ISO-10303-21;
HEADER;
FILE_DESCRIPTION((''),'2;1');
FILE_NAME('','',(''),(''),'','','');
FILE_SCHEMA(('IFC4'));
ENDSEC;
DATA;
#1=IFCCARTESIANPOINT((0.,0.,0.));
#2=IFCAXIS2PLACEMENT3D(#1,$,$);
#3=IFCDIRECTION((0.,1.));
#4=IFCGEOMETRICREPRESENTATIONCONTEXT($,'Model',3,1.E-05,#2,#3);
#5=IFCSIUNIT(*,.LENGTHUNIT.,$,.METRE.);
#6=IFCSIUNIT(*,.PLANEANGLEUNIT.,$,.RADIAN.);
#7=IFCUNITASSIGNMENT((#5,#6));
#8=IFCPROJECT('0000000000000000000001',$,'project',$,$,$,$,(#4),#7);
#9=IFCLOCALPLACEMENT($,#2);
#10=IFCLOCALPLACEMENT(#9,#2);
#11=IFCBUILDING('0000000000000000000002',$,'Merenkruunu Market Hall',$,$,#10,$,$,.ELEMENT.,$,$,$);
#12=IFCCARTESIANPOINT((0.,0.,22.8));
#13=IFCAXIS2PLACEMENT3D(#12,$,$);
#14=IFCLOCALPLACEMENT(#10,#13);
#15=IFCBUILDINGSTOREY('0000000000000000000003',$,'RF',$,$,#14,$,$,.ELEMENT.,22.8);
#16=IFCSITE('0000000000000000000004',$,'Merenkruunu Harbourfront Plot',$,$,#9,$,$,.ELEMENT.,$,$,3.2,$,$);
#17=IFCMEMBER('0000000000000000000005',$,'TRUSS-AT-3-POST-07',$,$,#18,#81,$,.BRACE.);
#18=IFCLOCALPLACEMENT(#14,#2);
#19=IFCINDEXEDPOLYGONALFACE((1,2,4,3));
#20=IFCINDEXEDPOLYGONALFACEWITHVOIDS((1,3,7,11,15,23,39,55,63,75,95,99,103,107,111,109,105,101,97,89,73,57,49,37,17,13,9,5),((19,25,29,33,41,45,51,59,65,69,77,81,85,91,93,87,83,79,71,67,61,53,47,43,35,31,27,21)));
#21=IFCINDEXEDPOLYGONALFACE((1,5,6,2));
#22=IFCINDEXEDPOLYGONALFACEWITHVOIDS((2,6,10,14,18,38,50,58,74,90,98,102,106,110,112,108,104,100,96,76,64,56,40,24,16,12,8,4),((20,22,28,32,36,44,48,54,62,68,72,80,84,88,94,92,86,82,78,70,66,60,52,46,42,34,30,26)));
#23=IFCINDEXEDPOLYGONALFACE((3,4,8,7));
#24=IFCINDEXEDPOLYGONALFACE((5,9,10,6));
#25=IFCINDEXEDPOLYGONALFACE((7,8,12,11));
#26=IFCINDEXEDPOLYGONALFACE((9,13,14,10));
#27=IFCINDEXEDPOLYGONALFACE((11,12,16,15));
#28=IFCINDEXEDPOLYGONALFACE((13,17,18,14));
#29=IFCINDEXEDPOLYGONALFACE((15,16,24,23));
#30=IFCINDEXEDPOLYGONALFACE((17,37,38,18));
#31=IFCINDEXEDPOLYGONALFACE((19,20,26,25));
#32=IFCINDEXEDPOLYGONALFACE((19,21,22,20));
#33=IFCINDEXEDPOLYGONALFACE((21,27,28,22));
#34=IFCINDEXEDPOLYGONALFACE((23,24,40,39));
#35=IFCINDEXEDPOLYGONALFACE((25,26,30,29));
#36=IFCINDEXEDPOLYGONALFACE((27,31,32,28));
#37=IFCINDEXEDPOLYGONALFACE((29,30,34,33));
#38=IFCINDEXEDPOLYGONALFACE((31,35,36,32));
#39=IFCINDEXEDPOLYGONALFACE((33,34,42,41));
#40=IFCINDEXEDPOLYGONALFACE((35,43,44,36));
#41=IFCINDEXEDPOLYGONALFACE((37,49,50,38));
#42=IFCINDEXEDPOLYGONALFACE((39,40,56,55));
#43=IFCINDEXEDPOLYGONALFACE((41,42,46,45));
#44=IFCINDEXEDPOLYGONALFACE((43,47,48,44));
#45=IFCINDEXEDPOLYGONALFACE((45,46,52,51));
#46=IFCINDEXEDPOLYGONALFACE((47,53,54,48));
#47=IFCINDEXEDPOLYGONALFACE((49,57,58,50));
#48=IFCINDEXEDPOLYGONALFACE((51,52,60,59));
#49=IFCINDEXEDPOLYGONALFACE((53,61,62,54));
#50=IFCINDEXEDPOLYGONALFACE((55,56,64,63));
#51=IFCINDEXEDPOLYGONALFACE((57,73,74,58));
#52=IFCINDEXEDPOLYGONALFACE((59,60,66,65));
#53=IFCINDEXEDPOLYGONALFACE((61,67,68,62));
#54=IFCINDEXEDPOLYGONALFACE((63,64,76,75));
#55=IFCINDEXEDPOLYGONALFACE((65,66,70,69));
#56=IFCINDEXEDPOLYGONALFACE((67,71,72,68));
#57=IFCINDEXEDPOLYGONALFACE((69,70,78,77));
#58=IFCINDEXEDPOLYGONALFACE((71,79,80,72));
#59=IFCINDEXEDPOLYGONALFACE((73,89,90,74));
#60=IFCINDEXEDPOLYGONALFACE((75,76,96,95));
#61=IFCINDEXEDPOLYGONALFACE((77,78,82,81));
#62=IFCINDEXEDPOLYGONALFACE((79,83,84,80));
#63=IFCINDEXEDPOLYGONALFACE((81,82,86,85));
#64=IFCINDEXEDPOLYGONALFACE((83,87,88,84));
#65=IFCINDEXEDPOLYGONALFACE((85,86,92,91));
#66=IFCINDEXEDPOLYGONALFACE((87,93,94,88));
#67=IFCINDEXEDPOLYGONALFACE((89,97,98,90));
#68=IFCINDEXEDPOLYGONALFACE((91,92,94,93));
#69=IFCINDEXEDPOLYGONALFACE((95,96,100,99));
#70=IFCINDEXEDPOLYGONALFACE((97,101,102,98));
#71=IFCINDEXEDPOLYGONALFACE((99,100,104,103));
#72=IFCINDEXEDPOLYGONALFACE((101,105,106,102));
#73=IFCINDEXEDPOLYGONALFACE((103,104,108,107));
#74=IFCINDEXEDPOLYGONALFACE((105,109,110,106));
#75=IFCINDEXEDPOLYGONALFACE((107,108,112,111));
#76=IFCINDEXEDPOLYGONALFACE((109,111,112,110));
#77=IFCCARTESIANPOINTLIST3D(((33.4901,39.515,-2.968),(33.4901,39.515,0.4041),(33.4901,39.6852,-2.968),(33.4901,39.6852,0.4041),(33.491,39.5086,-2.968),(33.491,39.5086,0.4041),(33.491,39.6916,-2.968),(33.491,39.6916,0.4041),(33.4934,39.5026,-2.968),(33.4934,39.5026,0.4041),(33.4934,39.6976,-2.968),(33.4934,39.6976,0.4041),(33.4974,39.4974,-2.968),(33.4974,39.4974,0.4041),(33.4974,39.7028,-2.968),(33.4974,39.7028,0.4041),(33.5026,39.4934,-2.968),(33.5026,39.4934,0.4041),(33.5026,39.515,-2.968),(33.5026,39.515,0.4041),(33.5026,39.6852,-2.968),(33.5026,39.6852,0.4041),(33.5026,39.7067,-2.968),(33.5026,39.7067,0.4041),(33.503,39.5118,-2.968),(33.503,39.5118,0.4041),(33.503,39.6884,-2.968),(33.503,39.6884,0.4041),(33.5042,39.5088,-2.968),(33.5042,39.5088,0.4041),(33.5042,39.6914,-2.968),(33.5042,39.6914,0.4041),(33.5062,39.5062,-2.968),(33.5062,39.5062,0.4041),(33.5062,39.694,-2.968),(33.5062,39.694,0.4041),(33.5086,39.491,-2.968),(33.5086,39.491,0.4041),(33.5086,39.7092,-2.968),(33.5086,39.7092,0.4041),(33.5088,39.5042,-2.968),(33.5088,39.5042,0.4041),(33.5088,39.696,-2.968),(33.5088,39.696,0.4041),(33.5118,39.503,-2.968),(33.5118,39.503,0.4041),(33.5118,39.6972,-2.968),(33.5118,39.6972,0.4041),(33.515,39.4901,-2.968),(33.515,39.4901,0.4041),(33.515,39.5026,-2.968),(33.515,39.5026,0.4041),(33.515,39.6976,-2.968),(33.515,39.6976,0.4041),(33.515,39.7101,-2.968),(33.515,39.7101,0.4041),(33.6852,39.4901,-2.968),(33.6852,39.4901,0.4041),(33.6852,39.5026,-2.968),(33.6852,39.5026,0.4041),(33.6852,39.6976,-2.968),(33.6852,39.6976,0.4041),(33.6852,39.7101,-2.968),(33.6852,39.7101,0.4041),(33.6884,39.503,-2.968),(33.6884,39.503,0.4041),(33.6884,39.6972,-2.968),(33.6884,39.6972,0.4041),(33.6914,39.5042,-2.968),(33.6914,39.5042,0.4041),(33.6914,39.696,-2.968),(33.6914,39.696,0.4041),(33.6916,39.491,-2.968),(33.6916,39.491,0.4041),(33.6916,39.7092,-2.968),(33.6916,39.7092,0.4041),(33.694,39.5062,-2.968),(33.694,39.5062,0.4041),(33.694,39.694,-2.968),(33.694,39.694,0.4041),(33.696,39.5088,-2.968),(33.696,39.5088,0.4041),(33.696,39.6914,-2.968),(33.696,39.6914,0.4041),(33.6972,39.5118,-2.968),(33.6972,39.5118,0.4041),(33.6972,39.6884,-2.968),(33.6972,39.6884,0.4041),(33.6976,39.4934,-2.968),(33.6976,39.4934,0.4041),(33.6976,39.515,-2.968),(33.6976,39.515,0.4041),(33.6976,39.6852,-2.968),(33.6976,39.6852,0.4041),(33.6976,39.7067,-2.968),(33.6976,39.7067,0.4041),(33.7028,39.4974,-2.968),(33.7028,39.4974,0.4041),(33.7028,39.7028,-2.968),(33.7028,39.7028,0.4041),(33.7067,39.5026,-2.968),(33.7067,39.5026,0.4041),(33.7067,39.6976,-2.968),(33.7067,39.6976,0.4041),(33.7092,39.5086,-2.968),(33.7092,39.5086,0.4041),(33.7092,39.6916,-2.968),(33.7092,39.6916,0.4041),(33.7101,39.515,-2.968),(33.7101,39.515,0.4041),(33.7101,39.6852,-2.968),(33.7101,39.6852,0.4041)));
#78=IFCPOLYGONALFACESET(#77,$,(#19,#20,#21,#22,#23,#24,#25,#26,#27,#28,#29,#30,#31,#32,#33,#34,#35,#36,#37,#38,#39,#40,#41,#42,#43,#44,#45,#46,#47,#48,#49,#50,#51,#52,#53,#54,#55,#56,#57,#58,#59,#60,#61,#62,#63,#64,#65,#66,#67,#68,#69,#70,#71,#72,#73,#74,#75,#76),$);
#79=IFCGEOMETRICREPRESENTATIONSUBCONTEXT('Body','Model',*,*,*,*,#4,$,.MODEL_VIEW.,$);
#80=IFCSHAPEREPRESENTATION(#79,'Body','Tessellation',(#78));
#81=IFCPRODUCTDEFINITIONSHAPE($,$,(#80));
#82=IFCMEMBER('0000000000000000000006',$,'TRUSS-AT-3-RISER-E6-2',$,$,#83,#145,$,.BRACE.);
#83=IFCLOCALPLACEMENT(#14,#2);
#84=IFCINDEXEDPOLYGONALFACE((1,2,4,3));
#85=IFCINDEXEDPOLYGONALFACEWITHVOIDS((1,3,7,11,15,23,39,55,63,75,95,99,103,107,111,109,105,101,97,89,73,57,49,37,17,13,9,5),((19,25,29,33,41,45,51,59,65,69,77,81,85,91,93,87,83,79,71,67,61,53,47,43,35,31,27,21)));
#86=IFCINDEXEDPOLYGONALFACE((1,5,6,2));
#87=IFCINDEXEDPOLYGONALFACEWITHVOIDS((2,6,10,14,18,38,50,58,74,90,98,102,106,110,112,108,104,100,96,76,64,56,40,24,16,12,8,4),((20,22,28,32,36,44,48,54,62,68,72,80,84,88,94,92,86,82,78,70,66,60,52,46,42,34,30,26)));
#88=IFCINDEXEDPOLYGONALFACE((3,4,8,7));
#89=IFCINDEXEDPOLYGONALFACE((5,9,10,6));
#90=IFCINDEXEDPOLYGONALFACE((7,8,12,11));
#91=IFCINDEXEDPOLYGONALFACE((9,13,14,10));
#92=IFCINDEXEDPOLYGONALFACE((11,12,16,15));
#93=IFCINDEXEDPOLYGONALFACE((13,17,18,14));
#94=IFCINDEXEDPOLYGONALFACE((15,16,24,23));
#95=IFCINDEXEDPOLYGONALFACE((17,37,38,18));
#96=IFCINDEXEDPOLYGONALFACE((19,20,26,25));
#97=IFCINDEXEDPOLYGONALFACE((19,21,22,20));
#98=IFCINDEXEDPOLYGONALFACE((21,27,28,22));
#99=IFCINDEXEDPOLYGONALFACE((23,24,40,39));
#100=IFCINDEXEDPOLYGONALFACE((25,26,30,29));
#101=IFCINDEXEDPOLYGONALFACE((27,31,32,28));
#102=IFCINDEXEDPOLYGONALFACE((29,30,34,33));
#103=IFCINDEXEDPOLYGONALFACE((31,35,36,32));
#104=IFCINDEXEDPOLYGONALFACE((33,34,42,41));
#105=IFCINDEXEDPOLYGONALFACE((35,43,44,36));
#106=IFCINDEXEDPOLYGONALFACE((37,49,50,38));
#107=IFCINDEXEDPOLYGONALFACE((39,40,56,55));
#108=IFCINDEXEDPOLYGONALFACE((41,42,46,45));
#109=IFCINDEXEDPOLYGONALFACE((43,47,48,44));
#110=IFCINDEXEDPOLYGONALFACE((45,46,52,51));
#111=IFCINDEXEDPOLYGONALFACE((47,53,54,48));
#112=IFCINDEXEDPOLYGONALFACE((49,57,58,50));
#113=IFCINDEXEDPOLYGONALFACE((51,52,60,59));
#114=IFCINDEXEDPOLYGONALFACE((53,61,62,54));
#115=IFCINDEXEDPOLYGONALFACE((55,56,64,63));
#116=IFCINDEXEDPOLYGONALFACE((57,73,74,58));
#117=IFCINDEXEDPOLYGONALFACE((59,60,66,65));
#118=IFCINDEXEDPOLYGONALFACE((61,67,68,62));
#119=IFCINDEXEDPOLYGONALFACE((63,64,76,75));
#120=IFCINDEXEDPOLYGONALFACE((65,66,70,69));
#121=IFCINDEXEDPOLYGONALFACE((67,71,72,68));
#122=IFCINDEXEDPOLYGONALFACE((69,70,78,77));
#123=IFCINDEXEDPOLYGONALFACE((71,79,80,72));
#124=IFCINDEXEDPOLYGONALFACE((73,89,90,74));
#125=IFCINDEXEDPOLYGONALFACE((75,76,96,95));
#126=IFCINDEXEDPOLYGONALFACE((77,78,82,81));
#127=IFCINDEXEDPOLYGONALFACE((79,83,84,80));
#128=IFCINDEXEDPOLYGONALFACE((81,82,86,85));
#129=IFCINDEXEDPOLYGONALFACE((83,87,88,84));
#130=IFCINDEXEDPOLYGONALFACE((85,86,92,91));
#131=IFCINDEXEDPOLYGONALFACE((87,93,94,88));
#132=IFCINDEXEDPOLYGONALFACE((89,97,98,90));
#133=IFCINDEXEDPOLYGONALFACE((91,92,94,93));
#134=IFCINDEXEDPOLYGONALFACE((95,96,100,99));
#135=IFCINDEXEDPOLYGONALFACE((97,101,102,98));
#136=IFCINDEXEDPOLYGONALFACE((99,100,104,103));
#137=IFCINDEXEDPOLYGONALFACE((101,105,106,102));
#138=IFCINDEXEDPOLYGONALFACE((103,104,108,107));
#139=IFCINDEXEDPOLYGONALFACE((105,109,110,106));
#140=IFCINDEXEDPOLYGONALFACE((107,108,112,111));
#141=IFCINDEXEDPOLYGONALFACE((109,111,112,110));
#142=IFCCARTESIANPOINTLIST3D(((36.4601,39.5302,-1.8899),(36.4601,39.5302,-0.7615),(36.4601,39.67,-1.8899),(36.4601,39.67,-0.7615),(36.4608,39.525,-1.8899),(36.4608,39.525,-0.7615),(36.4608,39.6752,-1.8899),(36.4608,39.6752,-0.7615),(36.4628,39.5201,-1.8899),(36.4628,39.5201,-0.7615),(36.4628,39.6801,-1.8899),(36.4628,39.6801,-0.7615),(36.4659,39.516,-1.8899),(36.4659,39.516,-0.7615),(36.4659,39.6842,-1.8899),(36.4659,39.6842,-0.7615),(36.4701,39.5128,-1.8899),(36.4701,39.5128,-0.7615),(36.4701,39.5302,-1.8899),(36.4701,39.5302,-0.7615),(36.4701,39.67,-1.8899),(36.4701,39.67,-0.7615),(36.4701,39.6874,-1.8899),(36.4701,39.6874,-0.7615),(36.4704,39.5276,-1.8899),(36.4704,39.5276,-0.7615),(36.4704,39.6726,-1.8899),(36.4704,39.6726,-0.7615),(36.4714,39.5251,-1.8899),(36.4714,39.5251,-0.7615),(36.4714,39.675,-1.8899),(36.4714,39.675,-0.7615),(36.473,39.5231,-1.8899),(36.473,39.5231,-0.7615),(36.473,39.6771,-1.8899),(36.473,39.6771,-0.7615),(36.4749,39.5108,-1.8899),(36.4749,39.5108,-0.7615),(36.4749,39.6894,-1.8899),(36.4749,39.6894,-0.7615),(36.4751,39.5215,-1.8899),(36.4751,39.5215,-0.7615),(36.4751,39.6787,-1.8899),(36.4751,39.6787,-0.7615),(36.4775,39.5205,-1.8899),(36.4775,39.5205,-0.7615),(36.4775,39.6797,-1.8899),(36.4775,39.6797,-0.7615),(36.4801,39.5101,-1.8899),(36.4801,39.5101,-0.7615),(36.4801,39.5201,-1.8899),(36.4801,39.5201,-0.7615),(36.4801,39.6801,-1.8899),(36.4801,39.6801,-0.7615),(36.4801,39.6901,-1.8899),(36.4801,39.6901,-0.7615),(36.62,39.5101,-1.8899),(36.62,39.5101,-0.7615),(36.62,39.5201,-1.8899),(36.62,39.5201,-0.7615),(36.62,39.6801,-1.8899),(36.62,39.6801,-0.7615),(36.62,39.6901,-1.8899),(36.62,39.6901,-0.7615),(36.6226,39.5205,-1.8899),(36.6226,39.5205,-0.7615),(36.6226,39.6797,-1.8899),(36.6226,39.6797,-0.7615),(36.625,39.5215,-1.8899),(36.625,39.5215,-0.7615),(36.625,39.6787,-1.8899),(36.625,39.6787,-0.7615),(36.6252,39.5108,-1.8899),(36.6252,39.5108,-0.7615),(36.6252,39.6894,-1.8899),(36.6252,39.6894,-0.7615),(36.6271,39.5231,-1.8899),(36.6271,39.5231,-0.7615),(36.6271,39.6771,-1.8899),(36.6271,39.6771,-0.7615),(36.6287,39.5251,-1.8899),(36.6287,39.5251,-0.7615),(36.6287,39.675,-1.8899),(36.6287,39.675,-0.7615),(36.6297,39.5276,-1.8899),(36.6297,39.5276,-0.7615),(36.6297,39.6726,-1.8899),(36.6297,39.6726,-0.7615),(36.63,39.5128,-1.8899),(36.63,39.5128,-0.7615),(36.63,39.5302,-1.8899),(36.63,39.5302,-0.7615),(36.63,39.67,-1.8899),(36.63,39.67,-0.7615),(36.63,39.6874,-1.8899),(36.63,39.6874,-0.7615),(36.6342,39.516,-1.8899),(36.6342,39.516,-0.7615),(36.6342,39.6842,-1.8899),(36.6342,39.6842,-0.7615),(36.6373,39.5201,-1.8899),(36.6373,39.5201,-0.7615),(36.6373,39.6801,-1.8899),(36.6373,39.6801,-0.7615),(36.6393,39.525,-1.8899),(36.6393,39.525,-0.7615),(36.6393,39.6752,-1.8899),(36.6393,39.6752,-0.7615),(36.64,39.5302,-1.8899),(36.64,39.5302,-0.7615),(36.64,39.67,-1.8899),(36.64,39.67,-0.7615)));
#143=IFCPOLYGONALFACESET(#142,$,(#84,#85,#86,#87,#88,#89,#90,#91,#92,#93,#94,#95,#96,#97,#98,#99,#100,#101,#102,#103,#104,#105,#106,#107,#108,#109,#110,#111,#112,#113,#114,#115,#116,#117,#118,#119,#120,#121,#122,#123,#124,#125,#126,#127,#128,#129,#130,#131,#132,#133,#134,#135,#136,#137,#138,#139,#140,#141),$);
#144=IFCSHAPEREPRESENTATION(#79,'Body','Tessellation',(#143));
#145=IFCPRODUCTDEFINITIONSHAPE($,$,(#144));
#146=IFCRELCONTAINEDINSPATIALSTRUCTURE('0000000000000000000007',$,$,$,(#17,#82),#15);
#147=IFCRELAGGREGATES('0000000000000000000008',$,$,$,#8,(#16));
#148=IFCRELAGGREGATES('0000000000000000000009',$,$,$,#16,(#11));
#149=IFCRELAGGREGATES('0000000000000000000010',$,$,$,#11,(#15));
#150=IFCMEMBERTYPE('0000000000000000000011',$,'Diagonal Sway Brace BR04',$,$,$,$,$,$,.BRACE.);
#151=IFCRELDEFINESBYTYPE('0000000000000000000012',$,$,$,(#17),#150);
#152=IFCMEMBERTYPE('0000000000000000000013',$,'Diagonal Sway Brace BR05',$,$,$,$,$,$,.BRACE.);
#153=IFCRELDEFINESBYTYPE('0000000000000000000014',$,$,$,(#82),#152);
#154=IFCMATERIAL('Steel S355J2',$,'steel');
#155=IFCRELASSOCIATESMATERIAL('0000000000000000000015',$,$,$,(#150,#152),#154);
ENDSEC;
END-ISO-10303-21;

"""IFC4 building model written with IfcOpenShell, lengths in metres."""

from ifc_helpers import new_model, si_unit, direction, frame, origin, origin_2d, place, context, subcontext, project, spatial, hollow_rectangle, extrude, material, material_profile, profile_set, type_object, element, save


model = new_model("IFC4")

# Units and contexts
model_context = context("Model", 3, precision=1e-05, world=origin(), true_north=direction((0.0, 1.0)))
body_context = subcontext(model_context, "Body", "Model", "MODEL_VIEW")
ifc_project = project(units=[si_unit("LENGTHUNIT", "METRE"), si_unit("PLANEANGLEUNIT", "RADIAN")], contexts=[model_context])

# Site, building, storey
site_placement = place(None, origin())
site = spatial("IfcSite", under=ifc_project, at=site_placement, Name="Merenkruunu Harbourfront Plot", CompositionType="ELEMENT", RefElevation=3.2)
building_placement = place(site_placement, origin())
building = spatial("IfcBuilding", under=site, at=building_placement, Name="Merenkruunu Market Hall", CompositionType="ELEMENT")
storey_placement = place(building_placement, frame((0.0, 0.0, 22.8)))
storey = spatial("IfcBuildingStorey", under=building, at=storey_placement, Name="RF", CompositionType="ELEMENT", Elevation=22.8)

# Members
ifc_material_1 = material(Name="Steel S355J2", Category="steel")
ifc_material_profile_1 = material_profile(ifc_material_1, hollow_rectangle(XDim=0.22, YDim=0.22, WallThickness=0.0125, InnerFilletRadius=0.0125, OuterFilletRadius=0.0249, at=origin_2d()), Name="SHS 220x220x12.5")
ifc_profile_set_1 = profile_set([ifc_material_profile_1], Name="Steel S355J2")
member_type_1 = type_object("IfcMemberType", Name="Diagonal Sway Brace BR04", PredefinedType="BRACE", material=ifc_profile_set_1)
member_1_placement = place(storey_placement, frame((33.6001, 39.6001, -2.968), z_axis=(0.0, 0.0, 1.0), x_axis=(1.0, 0.0, 0.0)))
element("IfcMember", 1, at=member_1_placement, inside=storey, type_object=member_type_1, Name="TRUSS-AT-3-POST-07", PredefinedType="BRACE", context=body_context, shape_type="SweptSolid", body=[
    extrude(hollow_rectangle(XDim=0.22, YDim=0.22, WallThickness=0.0125, InnerFilletRadius=0.0125, OuterFilletRadius=0.0249, at=origin_2d()), origin(), (0.0, 0.0, 1.0), 3.3721),
])
ifc_material_profile_2 = material_profile(ifc_material_1, hollow_rectangle(XDim=0.1799, YDim=0.1799, WallThickness=0.01, InnerFilletRadius=0.01, OuterFilletRadius=0.02, at=origin_2d()), Name="SHS 180x180x10")
ifc_profile_set_2 = profile_set([ifc_material_profile_2], Name="Steel S355J2")
member_type_2 = type_object("IfcMemberType", Name="Diagonal Sway Brace BR05", PredefinedType="BRACE", material=ifc_profile_set_2)
member_2_placement = place(storey_placement, frame((36.55, 39.6001, -1.8899), z_axis=(0.0, 0.0, 1.0), x_axis=(1.0, 0.0, 0.0)))
element("IfcMember", 2, at=member_2_placement, inside=storey, type_object=member_type_2, Name="TRUSS-AT-3-RISER-E6-2", PredefinedType="BRACE", context=body_context, shape_type="SweptSolid", body=[
    extrude(hollow_rectangle(XDim=0.1799, YDim=0.1799, WallThickness=0.01, InnerFilletRadius=0.01, OuterFilletRadius=0.02, at=origin_2d()), origin(), (0.0, 0.0, 1.0), 1.1284),
])

save(model, "model.ifc")
